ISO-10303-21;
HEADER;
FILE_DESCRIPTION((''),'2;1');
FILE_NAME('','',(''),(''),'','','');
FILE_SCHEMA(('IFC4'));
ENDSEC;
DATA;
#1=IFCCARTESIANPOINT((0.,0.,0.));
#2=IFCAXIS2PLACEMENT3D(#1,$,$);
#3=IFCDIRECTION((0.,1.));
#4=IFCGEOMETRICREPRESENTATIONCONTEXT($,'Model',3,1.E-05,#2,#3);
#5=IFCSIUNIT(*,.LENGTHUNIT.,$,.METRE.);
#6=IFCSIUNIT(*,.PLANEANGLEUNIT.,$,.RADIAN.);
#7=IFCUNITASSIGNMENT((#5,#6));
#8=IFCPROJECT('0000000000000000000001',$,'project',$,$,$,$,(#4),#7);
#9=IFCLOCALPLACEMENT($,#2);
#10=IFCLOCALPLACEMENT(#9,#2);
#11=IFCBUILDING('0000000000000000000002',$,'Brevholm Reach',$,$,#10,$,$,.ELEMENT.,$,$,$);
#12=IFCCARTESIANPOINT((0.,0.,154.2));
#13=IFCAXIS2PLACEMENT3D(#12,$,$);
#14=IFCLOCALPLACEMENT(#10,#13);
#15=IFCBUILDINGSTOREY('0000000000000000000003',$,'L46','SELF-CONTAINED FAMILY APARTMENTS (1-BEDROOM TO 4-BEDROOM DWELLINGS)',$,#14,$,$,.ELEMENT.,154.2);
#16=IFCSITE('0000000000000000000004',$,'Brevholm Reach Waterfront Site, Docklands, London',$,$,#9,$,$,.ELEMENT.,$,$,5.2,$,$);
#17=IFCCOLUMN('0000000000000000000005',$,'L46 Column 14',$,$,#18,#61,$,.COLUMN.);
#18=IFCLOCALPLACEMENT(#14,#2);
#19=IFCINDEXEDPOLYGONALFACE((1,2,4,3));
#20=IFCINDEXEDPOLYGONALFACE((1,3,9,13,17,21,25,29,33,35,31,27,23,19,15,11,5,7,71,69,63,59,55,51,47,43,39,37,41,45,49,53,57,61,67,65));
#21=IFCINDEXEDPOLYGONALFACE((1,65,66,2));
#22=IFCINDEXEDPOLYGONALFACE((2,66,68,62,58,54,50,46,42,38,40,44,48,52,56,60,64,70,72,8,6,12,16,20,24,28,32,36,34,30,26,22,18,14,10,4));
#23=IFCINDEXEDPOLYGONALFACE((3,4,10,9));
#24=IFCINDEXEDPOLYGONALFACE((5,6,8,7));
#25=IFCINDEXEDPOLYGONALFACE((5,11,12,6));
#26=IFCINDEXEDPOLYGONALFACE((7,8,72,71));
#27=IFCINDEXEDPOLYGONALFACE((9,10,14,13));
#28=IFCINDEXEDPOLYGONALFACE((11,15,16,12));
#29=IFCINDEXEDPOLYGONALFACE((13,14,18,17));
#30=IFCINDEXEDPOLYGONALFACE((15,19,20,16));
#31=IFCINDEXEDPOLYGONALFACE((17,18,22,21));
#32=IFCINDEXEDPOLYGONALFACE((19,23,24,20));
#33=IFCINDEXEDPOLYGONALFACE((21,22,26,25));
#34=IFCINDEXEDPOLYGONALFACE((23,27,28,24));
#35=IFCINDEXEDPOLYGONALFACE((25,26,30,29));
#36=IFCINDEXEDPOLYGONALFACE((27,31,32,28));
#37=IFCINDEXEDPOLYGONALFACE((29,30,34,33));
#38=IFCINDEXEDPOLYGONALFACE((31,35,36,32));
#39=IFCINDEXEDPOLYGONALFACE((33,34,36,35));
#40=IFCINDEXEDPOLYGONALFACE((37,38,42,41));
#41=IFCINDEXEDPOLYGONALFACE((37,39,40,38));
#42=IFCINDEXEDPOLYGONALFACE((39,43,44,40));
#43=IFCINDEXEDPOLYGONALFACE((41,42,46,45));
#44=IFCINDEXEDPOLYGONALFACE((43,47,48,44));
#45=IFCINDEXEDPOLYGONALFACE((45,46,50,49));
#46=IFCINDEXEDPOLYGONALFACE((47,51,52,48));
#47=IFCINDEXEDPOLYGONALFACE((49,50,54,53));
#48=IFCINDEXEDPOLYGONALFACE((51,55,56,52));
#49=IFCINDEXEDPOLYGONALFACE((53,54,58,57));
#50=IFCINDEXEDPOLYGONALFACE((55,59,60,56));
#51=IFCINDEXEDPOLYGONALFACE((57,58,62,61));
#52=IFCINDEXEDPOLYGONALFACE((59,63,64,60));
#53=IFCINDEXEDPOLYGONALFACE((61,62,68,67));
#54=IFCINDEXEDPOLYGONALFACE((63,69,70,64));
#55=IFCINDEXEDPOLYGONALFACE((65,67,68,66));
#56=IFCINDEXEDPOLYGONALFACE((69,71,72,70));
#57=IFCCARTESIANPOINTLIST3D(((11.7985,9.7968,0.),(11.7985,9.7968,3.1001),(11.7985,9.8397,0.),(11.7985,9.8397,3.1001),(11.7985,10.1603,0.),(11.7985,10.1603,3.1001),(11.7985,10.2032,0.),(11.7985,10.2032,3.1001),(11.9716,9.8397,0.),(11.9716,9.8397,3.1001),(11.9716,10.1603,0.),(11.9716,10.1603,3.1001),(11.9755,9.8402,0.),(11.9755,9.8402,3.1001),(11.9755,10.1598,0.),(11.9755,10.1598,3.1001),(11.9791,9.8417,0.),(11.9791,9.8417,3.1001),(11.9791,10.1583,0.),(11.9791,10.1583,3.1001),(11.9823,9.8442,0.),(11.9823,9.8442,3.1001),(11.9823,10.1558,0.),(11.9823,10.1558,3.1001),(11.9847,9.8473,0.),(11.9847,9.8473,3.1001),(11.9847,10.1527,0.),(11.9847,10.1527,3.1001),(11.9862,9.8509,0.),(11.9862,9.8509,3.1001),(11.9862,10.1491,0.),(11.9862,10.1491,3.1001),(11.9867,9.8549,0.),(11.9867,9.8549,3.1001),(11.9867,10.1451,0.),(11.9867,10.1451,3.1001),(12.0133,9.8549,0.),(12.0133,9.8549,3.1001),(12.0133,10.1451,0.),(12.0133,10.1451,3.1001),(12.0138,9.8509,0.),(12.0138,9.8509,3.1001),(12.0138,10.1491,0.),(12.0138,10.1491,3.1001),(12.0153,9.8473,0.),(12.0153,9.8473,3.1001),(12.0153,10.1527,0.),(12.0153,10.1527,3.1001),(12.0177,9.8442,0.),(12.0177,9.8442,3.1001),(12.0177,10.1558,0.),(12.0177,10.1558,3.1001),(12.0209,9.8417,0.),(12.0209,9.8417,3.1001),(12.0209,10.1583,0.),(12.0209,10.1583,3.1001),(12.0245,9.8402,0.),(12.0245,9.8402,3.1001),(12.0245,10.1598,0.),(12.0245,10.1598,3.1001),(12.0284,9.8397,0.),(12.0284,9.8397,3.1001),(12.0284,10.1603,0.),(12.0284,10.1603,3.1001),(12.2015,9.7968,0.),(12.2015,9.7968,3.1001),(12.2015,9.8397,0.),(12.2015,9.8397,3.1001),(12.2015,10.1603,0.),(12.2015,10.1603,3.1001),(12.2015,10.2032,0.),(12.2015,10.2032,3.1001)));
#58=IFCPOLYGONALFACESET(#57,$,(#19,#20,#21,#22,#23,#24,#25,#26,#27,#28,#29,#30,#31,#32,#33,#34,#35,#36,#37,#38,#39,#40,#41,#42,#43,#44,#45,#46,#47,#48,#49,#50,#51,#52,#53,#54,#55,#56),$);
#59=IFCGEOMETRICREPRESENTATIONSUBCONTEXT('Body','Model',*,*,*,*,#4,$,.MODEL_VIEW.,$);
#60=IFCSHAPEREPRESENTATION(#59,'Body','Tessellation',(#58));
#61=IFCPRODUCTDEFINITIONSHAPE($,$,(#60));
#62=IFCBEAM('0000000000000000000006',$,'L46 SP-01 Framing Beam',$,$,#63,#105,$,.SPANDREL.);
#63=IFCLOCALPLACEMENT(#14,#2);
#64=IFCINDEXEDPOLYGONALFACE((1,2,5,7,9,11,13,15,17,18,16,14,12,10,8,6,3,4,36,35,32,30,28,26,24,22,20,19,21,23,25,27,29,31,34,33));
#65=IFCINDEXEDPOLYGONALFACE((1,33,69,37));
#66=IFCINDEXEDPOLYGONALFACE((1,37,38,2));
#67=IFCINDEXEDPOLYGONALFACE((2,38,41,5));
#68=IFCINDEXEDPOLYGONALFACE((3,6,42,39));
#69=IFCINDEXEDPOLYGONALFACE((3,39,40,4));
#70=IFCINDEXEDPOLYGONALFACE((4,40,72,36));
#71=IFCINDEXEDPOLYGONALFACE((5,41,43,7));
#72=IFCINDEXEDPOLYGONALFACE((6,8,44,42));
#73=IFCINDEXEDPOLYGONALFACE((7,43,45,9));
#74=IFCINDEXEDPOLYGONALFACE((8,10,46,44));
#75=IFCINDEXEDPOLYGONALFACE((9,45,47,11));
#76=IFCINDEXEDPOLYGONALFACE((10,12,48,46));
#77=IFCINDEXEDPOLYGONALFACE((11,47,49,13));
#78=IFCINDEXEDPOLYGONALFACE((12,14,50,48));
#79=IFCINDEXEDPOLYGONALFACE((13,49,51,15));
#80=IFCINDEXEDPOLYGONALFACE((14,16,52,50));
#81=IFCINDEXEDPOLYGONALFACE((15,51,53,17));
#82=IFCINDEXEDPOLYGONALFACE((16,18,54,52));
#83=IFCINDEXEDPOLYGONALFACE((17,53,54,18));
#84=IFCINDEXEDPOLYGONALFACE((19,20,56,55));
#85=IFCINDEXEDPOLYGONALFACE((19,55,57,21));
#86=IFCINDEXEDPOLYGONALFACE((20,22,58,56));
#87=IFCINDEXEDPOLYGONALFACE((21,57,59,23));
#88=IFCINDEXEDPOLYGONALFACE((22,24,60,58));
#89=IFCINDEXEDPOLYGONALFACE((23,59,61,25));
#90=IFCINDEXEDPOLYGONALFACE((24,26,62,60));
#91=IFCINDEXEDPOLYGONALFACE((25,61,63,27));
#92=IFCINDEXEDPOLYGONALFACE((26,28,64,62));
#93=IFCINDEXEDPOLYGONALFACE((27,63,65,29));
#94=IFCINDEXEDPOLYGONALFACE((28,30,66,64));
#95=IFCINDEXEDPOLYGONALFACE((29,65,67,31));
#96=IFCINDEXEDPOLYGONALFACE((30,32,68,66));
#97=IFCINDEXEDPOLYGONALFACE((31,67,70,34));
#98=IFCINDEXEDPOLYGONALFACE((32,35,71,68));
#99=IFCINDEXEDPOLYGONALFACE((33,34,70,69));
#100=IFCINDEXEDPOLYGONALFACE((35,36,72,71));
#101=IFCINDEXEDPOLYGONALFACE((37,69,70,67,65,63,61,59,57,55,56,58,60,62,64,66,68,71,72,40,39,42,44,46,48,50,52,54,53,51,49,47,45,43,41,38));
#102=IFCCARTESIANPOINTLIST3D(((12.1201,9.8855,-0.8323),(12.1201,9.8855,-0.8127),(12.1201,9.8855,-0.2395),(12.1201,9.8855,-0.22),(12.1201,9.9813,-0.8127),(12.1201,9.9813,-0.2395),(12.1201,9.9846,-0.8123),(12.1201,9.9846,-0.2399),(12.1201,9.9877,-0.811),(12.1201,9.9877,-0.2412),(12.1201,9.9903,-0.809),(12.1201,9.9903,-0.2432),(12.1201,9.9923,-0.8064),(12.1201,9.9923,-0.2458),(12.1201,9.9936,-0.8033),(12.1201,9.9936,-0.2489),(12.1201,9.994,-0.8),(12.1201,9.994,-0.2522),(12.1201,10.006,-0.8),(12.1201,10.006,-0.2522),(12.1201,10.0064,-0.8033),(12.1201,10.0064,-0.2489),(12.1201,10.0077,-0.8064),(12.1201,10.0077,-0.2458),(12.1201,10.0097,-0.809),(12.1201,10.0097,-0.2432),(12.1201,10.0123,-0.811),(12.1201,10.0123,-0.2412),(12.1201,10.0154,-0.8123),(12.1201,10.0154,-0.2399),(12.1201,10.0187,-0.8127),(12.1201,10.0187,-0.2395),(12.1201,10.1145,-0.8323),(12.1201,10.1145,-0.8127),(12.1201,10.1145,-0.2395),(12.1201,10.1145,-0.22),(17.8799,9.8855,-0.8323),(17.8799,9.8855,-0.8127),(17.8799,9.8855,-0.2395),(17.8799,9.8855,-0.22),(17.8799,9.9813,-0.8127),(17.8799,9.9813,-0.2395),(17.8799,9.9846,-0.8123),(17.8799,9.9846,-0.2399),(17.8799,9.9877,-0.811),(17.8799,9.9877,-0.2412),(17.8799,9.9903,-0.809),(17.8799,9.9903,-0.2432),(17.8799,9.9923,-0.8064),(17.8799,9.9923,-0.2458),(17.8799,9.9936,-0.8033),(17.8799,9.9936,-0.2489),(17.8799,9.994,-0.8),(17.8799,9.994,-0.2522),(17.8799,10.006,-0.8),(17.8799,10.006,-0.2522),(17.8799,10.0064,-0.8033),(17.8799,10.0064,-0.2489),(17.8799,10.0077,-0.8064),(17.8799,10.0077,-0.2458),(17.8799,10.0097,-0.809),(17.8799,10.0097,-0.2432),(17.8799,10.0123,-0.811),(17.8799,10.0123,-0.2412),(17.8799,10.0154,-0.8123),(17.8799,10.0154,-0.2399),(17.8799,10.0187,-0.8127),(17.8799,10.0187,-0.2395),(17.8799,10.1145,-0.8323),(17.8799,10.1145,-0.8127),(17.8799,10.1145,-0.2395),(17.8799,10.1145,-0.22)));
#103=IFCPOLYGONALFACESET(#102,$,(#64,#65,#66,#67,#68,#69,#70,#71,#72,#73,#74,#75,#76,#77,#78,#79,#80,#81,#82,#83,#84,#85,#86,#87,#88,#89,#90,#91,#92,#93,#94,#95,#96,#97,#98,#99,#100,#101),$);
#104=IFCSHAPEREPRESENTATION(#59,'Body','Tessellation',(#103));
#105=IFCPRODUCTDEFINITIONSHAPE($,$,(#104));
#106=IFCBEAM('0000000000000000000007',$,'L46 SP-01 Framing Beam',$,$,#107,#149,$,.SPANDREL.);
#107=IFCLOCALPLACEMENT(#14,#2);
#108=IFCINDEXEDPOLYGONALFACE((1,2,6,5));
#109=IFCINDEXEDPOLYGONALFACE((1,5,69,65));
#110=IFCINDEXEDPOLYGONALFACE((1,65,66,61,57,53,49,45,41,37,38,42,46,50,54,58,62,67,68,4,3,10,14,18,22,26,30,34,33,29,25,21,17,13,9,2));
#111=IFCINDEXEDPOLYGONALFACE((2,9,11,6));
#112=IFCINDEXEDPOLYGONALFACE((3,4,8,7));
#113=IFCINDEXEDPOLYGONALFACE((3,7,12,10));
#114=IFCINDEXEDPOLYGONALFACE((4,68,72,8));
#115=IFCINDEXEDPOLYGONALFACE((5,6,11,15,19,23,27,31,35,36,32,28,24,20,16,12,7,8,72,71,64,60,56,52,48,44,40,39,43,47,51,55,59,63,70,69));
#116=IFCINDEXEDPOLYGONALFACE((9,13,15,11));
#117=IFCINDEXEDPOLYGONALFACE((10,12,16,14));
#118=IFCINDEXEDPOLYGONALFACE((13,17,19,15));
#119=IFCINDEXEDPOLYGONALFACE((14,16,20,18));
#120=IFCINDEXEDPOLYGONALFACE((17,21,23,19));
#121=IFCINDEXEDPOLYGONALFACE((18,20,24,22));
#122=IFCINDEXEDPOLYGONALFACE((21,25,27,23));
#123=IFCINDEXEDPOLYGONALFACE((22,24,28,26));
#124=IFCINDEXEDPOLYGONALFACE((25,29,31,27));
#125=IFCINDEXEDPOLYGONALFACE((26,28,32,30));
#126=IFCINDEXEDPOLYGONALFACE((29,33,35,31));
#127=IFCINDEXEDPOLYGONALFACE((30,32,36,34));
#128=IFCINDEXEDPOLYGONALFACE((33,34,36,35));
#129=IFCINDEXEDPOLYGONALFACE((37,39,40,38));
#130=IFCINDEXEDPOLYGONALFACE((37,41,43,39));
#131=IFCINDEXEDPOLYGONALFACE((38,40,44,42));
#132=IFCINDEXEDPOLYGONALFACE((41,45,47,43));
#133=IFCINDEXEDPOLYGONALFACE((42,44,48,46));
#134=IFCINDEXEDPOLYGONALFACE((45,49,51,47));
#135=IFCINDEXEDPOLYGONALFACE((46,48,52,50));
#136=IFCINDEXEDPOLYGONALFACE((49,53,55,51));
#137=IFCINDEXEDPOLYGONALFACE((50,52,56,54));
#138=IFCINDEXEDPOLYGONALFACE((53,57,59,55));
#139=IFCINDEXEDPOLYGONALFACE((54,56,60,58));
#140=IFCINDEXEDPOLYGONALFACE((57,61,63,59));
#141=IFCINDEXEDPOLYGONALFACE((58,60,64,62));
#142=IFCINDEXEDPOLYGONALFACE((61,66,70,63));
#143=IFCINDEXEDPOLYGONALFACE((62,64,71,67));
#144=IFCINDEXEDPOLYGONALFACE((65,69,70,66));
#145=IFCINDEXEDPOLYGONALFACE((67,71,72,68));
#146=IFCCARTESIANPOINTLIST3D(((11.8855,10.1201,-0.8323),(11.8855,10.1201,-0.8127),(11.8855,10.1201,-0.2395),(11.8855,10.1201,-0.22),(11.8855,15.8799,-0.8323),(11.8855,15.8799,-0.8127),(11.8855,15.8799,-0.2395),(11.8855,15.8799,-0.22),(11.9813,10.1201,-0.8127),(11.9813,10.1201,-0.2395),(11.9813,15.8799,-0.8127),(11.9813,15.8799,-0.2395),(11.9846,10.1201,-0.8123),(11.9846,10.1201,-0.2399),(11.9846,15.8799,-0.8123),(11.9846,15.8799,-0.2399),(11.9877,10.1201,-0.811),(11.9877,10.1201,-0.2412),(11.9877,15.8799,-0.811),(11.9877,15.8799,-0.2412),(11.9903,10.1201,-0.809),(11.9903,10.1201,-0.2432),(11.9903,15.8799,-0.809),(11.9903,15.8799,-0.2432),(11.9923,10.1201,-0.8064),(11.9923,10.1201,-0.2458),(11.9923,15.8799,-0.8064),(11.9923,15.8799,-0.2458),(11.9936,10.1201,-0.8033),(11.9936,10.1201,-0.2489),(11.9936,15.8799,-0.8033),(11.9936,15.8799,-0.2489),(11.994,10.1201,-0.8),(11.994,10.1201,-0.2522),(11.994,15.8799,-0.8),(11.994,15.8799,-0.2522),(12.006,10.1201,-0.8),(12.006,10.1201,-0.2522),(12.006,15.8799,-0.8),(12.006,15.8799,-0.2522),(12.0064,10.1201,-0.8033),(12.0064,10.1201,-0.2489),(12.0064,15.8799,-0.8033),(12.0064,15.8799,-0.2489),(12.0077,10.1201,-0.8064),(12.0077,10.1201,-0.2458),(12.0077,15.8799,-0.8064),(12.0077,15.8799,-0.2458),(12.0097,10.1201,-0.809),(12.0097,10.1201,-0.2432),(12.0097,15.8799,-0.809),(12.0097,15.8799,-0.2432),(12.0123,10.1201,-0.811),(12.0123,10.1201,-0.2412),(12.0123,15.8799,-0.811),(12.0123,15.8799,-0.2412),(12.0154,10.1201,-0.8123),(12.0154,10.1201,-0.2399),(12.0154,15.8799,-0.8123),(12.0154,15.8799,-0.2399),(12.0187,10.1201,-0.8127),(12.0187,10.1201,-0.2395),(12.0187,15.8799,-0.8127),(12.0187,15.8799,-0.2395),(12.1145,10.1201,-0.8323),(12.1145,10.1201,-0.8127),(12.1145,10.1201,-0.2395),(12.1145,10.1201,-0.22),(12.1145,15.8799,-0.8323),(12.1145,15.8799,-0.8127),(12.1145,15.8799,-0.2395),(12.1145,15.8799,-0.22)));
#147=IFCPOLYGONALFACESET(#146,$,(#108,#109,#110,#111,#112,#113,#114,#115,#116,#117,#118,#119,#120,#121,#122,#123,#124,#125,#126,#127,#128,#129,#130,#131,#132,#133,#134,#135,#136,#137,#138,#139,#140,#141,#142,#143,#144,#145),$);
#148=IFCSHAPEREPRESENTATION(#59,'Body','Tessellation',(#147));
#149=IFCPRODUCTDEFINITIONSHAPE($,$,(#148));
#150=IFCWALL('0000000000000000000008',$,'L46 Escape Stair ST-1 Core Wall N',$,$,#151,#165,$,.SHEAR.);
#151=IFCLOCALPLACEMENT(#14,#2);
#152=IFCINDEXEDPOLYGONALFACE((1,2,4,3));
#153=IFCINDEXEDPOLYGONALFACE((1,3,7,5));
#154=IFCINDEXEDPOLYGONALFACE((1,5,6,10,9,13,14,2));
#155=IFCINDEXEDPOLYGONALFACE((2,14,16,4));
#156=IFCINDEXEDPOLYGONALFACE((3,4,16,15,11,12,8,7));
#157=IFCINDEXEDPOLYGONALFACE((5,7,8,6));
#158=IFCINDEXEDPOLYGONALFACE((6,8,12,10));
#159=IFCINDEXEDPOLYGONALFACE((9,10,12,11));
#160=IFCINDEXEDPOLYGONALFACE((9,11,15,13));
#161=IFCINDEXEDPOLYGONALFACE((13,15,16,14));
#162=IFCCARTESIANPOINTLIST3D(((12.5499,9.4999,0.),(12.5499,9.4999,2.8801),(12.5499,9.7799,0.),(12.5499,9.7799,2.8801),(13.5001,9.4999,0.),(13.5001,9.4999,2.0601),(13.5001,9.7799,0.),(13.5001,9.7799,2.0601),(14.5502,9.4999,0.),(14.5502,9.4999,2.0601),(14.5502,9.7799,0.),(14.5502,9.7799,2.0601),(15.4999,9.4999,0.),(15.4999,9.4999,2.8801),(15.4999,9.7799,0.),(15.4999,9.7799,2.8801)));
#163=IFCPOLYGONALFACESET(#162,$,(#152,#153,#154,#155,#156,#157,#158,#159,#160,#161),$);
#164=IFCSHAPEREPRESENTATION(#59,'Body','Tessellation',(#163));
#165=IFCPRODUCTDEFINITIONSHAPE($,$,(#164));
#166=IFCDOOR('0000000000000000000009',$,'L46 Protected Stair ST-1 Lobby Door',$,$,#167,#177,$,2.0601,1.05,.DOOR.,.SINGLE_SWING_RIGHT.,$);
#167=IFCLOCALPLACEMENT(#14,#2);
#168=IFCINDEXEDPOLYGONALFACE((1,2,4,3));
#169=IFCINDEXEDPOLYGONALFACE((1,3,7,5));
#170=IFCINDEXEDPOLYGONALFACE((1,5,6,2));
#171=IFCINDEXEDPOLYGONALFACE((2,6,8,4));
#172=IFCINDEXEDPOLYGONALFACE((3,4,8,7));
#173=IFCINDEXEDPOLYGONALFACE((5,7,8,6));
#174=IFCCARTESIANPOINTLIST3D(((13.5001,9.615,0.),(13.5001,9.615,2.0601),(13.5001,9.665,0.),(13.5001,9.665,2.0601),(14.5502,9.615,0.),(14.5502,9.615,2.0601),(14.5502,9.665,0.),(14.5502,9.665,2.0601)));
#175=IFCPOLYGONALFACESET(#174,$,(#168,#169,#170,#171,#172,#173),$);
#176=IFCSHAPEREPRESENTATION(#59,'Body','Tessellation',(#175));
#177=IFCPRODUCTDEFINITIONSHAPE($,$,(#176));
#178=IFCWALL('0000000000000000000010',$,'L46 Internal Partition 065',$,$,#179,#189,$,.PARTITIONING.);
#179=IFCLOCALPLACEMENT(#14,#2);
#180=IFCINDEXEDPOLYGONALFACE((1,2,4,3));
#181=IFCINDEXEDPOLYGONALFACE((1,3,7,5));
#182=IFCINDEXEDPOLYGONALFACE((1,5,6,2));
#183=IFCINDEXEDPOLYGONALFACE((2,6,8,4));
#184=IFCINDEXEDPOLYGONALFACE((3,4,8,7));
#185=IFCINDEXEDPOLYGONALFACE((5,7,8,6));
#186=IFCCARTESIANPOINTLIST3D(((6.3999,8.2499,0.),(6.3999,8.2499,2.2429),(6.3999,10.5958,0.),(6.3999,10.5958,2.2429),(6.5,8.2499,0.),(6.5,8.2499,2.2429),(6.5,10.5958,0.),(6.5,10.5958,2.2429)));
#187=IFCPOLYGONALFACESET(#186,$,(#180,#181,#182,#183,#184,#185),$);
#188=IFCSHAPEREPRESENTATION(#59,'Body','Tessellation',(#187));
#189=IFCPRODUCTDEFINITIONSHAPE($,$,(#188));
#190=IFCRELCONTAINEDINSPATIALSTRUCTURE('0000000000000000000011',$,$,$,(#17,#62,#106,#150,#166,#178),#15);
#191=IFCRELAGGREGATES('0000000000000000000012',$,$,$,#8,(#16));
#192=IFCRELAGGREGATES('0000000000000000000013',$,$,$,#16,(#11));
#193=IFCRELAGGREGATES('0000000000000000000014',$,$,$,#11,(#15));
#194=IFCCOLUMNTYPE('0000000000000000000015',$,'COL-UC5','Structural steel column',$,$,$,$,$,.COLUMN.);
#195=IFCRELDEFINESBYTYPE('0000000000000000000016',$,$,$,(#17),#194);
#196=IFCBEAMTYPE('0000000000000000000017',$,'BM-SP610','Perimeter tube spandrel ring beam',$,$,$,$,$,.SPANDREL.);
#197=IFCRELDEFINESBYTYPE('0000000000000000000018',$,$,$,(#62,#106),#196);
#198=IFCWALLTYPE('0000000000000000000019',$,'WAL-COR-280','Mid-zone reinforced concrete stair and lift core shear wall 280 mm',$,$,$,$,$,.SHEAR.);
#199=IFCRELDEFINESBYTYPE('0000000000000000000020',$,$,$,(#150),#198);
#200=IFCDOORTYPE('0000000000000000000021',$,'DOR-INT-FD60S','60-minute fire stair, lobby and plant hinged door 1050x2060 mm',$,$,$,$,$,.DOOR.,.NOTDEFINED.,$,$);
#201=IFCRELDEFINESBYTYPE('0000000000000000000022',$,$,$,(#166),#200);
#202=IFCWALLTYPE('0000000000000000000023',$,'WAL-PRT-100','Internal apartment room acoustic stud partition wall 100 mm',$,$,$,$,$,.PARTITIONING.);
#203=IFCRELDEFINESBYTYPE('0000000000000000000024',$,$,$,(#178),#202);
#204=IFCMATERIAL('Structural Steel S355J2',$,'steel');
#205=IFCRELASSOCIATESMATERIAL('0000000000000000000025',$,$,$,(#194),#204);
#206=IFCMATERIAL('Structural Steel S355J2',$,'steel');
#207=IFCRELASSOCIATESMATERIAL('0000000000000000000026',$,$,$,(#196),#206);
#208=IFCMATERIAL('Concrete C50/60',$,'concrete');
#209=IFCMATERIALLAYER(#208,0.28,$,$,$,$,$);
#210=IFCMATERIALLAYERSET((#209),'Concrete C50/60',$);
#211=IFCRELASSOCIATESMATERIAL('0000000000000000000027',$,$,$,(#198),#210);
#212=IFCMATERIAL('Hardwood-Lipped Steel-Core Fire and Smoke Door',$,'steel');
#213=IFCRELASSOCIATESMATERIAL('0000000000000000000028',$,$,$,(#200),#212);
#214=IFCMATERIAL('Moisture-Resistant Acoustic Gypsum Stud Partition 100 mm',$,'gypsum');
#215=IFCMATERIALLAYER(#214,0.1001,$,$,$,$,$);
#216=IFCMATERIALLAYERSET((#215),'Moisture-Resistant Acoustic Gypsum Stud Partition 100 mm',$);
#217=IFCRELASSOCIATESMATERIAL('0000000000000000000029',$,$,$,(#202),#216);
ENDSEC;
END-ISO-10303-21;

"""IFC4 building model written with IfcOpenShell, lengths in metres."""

from ifc_helpers import new_model, si_unit, direction, frame, frame_2d, origin, origin_2d, place, context, subcontext, project, spatial, rectangle, i_section, extrude, material, layer, layer_set, material_profile, profile_set, type_object, element, fill, save


model = new_model("IFC4")

# Units and contexts
model_context = context("Model", 3, precision=1e-05, world=origin(), true_north=direction((0.0, 1.0)))
body_context = subcontext(model_context, "Body", "Model", "MODEL_VIEW")
ifc_project = project(units=[si_unit("LENGTHUNIT", "METRE"), si_unit("PLANEANGLEUNIT", "RADIAN")], contexts=[model_context])

# Site, building, storey
site_placement = place(None, origin())
site = spatial("IfcSite", under=ifc_project, at=site_placement, Name="Brevholm Reach Waterfront Site, Docklands, London", CompositionType="ELEMENT", RefElevation=5.2)
building_placement = place(site_placement, origin())
building = spatial("IfcBuilding", under=site, at=building_placement, Name="Brevholm Reach", CompositionType="ELEMENT")
storey_placement = place(building_placement, frame((0.0, 0.0, 154.2)))
storey = spatial("IfcBuildingStorey", under=building, at=storey_placement, Name="L46", Description="SELF-CONTAINED FAMILY APARTMENTS (1-BEDROOM TO 4-BEDROOM DWELLINGS)", CompositionType="ELEMENT", Elevation=154.2)

# Column
ifc_material_1 = material(Name="Structural Steel S355J2", Category="steel")
ifc_material_profile_1 = material_profile(ifc_material_1, i_section(OverallWidth=0.4031, OverallDepth=0.4065, WebThickness=0.0266, FlangeThickness=0.043, FilletRadius=0.0151, at=origin_2d()), Name="UKC 356x406x340")
ifc_profile_set_1 = profile_set([ifc_material_profile_1], Name="Structural Steel S355J2")
column_type = type_object("IfcColumnType", Name="COL-UC5", Description="Structural steel column", PredefinedType="COLUMN", material=ifc_profile_set_1)
column_placement = place(storey_placement, frame((12.0, 10.0, 0.0), z_axis=(0.0, 0.0, 1.0), x_axis=(1.0, 0.0, 0.0)))
element("IfcColumn", 1, at=column_placement, inside=storey, type_object=column_type, Name="L46 Column 14", PredefinedType="COLUMN", context=body_context, shape_type="SweptSolid", body=[
    extrude(i_section(OverallWidth=0.4031, OverallDepth=0.4065, WebThickness=0.0266, FlangeThickness=0.043, FilletRadius=0.0151, at=origin_2d()), origin(), (0.0, 0.0, 1.0), 3.1001),
])

# Beams
ifc_material_2 = material(Name="Structural Steel S355J2", Category="steel")
ifc_material_profile_2 = material_profile(ifc_material_2, i_section(OverallWidth=0.229, OverallDepth=0.6123, WebThickness=0.012, FlangeThickness=0.0195, FilletRadius=0.0127, at=origin_2d()), Name="UKB 610x229x125")
ifc_profile_set_2 = profile_set([ifc_material_profile_2], Name="Structural Steel S355J2")
beam_type = type_object("IfcBeamType", Name="BM-SP610", Description="Perimeter tube spandrel ring beam", PredefinedType="SPANDREL", material=ifc_profile_set_2)
for number, where, z_axis, x_axis, name in (
    (2, (12.1201, 10.0, -0.5261), (1.0, 0.0, 0.0), (0.0, 1.0, 0.0), "L46 SP-01 Framing Beam"),
    (3, (12.0, 10.1201, -0.5261), (0.0, 1.0, 0.0), (-1.0, 0.0, 0.0), "L46 SP-01 Framing Beam"),
):
    element("IfcBeam", number, at=place(storey_placement, frame(where, z_axis=z_axis, x_axis=x_axis)), inside=storey, type_object=beam_type, Name=name, PredefinedType="SPANDREL", context=body_context, shape_type="SweptSolid", body=[
        extrude(i_section(OverallWidth=0.229, OverallDepth=0.6123, WebThickness=0.012, FlangeThickness=0.0195, FilletRadius=0.0127, at=origin_2d()), origin(), (0.0, 0.0, 1.0), 5.7598),
    ])

# Wall, opening, door
ifc_material_3 = material(Name="Concrete C50/60", Category="concrete")
ifc_layer_1 = layer(ifc_material_3, 0.28)
ifc_layer_set_1 = layer_set([ifc_layer_1], Name="Concrete C50/60")
wall_type_1 = type_object("IfcWallType", Name="WAL-COR-280", Description="Mid-zone reinforced concrete stair and lift core shear wall 280 mm", PredefinedType="SHEAR", material=ifc_layer_set_1)
wall_1_placement = place(storey_placement, frame((15.5, 9.6399, 0.0), z_axis=(0.0, 0.0, 1.0), x_axis=(-1.0, 0.0, 0.0)))
wall_1 = element("IfcWall", 4, at=wall_1_placement, inside=storey, type_object=wall_type_1, Name="L46 Escape Stair ST-1 Core Wall N", PredefinedType="SHEAR", context=body_context, shape_type="SweptSolid", body=[
    extrude(rectangle(XDim=2.95, YDim=0.28, at=frame_2d((1.4751, 0.0))), origin(), (0.0, 0.0, 1.0), 2.8801),
])
opening_1_placement = place(wall_1_placement, frame((0.95, 0.0, 0.0)))
opening_1 = element("IfcOpeningElement", 5, at=opening_1_placement, cuts=wall_1, PredefinedType="OPENING", context=body_context, shape_type="SweptSolid", body=[
    extrude(rectangle(XDim=1.05, YDim=2.0601, at=frame_2d((0.5249, 1.03))), frame((0.0, 0.1499, 0.0), z_axis=(0.0, -1.0, 0.0), x_axis=(1.0, 0.0, 0.0)), (0.0, 0.0, 1.0), 0.3),
])
ifc_material_4 = material(Name="Hardwood-Lipped Steel-Core Fire and Smoke Door", Category="steel")
door_type_1 = type_object("IfcDoorType", Name="DOR-INT-FD60S", Description="60-minute fire stair, lobby and plant hinged door 1050x2060 mm", OperationType="NOTDEFINED", PredefinedType="DOOR", material=ifc_material_4)
door_1_placement = place(opening_1_placement, origin())
door_1 = element("IfcDoor", 6, at=door_1_placement, inside=storey, type_object=door_type_1, Name="L46 Protected Stair ST-1 Lobby Door", OperationType="SINGLE_SWING_RIGHT", OverallHeight=2.0601, OverallWidth=1.05, PredefinedType="DOOR", context=body_context, shape_type="SweptSolid", body=[
    extrude(rectangle(XDim=1.05, YDim=2.0601, at=frame_2d((0.5249, 1.03))), frame((0.0, 0.0249, 0.0), z_axis=(0.0, -1.0, 0.0), x_axis=(1.0, 0.0, 0.0)), (0.0, 0.0, 1.0), 0.05),
])
fill(opening_1, door_1)

# Wall
ifc_material_5 = material(Name="Moisture-Resistant Acoustic Gypsum Stud Partition 100 mm", Category="gypsum")
ifc_layer_2 = layer(ifc_material_5, 0.1001)
ifc_layer_set_2 = layer_set([ifc_layer_2], Name="Moisture-Resistant Acoustic Gypsum Stud Partition 100 mm")
wall_type_2 = type_object("IfcWallType", Name="WAL-PRT-100", Description="Internal apartment room acoustic stud partition wall 100 mm", PredefinedType="PARTITIONING", material=ifc_layer_set_2)
wall_2_placement = place(storey_placement, frame((6.45, 8.25, 0.0), z_axis=(0.0, 0.0, 1.0), x_axis=(0.0, 1.0, 0.0)))
element("IfcWall", 7, at=wall_2_placement, inside=storey, type_object=wall_type_2, Name="L46 Internal Partition 065", PredefinedType="PARTITIONING", context=body_context, shape_type="SweptSolid", body=[
    extrude(rectangle(XDim=2.3459, YDim=0.1001, at=frame_2d((1.1729, 0.0))), origin(), (0.0, 0.0, 1.0), 2.2429),
])

save(model, "model.ifc")
